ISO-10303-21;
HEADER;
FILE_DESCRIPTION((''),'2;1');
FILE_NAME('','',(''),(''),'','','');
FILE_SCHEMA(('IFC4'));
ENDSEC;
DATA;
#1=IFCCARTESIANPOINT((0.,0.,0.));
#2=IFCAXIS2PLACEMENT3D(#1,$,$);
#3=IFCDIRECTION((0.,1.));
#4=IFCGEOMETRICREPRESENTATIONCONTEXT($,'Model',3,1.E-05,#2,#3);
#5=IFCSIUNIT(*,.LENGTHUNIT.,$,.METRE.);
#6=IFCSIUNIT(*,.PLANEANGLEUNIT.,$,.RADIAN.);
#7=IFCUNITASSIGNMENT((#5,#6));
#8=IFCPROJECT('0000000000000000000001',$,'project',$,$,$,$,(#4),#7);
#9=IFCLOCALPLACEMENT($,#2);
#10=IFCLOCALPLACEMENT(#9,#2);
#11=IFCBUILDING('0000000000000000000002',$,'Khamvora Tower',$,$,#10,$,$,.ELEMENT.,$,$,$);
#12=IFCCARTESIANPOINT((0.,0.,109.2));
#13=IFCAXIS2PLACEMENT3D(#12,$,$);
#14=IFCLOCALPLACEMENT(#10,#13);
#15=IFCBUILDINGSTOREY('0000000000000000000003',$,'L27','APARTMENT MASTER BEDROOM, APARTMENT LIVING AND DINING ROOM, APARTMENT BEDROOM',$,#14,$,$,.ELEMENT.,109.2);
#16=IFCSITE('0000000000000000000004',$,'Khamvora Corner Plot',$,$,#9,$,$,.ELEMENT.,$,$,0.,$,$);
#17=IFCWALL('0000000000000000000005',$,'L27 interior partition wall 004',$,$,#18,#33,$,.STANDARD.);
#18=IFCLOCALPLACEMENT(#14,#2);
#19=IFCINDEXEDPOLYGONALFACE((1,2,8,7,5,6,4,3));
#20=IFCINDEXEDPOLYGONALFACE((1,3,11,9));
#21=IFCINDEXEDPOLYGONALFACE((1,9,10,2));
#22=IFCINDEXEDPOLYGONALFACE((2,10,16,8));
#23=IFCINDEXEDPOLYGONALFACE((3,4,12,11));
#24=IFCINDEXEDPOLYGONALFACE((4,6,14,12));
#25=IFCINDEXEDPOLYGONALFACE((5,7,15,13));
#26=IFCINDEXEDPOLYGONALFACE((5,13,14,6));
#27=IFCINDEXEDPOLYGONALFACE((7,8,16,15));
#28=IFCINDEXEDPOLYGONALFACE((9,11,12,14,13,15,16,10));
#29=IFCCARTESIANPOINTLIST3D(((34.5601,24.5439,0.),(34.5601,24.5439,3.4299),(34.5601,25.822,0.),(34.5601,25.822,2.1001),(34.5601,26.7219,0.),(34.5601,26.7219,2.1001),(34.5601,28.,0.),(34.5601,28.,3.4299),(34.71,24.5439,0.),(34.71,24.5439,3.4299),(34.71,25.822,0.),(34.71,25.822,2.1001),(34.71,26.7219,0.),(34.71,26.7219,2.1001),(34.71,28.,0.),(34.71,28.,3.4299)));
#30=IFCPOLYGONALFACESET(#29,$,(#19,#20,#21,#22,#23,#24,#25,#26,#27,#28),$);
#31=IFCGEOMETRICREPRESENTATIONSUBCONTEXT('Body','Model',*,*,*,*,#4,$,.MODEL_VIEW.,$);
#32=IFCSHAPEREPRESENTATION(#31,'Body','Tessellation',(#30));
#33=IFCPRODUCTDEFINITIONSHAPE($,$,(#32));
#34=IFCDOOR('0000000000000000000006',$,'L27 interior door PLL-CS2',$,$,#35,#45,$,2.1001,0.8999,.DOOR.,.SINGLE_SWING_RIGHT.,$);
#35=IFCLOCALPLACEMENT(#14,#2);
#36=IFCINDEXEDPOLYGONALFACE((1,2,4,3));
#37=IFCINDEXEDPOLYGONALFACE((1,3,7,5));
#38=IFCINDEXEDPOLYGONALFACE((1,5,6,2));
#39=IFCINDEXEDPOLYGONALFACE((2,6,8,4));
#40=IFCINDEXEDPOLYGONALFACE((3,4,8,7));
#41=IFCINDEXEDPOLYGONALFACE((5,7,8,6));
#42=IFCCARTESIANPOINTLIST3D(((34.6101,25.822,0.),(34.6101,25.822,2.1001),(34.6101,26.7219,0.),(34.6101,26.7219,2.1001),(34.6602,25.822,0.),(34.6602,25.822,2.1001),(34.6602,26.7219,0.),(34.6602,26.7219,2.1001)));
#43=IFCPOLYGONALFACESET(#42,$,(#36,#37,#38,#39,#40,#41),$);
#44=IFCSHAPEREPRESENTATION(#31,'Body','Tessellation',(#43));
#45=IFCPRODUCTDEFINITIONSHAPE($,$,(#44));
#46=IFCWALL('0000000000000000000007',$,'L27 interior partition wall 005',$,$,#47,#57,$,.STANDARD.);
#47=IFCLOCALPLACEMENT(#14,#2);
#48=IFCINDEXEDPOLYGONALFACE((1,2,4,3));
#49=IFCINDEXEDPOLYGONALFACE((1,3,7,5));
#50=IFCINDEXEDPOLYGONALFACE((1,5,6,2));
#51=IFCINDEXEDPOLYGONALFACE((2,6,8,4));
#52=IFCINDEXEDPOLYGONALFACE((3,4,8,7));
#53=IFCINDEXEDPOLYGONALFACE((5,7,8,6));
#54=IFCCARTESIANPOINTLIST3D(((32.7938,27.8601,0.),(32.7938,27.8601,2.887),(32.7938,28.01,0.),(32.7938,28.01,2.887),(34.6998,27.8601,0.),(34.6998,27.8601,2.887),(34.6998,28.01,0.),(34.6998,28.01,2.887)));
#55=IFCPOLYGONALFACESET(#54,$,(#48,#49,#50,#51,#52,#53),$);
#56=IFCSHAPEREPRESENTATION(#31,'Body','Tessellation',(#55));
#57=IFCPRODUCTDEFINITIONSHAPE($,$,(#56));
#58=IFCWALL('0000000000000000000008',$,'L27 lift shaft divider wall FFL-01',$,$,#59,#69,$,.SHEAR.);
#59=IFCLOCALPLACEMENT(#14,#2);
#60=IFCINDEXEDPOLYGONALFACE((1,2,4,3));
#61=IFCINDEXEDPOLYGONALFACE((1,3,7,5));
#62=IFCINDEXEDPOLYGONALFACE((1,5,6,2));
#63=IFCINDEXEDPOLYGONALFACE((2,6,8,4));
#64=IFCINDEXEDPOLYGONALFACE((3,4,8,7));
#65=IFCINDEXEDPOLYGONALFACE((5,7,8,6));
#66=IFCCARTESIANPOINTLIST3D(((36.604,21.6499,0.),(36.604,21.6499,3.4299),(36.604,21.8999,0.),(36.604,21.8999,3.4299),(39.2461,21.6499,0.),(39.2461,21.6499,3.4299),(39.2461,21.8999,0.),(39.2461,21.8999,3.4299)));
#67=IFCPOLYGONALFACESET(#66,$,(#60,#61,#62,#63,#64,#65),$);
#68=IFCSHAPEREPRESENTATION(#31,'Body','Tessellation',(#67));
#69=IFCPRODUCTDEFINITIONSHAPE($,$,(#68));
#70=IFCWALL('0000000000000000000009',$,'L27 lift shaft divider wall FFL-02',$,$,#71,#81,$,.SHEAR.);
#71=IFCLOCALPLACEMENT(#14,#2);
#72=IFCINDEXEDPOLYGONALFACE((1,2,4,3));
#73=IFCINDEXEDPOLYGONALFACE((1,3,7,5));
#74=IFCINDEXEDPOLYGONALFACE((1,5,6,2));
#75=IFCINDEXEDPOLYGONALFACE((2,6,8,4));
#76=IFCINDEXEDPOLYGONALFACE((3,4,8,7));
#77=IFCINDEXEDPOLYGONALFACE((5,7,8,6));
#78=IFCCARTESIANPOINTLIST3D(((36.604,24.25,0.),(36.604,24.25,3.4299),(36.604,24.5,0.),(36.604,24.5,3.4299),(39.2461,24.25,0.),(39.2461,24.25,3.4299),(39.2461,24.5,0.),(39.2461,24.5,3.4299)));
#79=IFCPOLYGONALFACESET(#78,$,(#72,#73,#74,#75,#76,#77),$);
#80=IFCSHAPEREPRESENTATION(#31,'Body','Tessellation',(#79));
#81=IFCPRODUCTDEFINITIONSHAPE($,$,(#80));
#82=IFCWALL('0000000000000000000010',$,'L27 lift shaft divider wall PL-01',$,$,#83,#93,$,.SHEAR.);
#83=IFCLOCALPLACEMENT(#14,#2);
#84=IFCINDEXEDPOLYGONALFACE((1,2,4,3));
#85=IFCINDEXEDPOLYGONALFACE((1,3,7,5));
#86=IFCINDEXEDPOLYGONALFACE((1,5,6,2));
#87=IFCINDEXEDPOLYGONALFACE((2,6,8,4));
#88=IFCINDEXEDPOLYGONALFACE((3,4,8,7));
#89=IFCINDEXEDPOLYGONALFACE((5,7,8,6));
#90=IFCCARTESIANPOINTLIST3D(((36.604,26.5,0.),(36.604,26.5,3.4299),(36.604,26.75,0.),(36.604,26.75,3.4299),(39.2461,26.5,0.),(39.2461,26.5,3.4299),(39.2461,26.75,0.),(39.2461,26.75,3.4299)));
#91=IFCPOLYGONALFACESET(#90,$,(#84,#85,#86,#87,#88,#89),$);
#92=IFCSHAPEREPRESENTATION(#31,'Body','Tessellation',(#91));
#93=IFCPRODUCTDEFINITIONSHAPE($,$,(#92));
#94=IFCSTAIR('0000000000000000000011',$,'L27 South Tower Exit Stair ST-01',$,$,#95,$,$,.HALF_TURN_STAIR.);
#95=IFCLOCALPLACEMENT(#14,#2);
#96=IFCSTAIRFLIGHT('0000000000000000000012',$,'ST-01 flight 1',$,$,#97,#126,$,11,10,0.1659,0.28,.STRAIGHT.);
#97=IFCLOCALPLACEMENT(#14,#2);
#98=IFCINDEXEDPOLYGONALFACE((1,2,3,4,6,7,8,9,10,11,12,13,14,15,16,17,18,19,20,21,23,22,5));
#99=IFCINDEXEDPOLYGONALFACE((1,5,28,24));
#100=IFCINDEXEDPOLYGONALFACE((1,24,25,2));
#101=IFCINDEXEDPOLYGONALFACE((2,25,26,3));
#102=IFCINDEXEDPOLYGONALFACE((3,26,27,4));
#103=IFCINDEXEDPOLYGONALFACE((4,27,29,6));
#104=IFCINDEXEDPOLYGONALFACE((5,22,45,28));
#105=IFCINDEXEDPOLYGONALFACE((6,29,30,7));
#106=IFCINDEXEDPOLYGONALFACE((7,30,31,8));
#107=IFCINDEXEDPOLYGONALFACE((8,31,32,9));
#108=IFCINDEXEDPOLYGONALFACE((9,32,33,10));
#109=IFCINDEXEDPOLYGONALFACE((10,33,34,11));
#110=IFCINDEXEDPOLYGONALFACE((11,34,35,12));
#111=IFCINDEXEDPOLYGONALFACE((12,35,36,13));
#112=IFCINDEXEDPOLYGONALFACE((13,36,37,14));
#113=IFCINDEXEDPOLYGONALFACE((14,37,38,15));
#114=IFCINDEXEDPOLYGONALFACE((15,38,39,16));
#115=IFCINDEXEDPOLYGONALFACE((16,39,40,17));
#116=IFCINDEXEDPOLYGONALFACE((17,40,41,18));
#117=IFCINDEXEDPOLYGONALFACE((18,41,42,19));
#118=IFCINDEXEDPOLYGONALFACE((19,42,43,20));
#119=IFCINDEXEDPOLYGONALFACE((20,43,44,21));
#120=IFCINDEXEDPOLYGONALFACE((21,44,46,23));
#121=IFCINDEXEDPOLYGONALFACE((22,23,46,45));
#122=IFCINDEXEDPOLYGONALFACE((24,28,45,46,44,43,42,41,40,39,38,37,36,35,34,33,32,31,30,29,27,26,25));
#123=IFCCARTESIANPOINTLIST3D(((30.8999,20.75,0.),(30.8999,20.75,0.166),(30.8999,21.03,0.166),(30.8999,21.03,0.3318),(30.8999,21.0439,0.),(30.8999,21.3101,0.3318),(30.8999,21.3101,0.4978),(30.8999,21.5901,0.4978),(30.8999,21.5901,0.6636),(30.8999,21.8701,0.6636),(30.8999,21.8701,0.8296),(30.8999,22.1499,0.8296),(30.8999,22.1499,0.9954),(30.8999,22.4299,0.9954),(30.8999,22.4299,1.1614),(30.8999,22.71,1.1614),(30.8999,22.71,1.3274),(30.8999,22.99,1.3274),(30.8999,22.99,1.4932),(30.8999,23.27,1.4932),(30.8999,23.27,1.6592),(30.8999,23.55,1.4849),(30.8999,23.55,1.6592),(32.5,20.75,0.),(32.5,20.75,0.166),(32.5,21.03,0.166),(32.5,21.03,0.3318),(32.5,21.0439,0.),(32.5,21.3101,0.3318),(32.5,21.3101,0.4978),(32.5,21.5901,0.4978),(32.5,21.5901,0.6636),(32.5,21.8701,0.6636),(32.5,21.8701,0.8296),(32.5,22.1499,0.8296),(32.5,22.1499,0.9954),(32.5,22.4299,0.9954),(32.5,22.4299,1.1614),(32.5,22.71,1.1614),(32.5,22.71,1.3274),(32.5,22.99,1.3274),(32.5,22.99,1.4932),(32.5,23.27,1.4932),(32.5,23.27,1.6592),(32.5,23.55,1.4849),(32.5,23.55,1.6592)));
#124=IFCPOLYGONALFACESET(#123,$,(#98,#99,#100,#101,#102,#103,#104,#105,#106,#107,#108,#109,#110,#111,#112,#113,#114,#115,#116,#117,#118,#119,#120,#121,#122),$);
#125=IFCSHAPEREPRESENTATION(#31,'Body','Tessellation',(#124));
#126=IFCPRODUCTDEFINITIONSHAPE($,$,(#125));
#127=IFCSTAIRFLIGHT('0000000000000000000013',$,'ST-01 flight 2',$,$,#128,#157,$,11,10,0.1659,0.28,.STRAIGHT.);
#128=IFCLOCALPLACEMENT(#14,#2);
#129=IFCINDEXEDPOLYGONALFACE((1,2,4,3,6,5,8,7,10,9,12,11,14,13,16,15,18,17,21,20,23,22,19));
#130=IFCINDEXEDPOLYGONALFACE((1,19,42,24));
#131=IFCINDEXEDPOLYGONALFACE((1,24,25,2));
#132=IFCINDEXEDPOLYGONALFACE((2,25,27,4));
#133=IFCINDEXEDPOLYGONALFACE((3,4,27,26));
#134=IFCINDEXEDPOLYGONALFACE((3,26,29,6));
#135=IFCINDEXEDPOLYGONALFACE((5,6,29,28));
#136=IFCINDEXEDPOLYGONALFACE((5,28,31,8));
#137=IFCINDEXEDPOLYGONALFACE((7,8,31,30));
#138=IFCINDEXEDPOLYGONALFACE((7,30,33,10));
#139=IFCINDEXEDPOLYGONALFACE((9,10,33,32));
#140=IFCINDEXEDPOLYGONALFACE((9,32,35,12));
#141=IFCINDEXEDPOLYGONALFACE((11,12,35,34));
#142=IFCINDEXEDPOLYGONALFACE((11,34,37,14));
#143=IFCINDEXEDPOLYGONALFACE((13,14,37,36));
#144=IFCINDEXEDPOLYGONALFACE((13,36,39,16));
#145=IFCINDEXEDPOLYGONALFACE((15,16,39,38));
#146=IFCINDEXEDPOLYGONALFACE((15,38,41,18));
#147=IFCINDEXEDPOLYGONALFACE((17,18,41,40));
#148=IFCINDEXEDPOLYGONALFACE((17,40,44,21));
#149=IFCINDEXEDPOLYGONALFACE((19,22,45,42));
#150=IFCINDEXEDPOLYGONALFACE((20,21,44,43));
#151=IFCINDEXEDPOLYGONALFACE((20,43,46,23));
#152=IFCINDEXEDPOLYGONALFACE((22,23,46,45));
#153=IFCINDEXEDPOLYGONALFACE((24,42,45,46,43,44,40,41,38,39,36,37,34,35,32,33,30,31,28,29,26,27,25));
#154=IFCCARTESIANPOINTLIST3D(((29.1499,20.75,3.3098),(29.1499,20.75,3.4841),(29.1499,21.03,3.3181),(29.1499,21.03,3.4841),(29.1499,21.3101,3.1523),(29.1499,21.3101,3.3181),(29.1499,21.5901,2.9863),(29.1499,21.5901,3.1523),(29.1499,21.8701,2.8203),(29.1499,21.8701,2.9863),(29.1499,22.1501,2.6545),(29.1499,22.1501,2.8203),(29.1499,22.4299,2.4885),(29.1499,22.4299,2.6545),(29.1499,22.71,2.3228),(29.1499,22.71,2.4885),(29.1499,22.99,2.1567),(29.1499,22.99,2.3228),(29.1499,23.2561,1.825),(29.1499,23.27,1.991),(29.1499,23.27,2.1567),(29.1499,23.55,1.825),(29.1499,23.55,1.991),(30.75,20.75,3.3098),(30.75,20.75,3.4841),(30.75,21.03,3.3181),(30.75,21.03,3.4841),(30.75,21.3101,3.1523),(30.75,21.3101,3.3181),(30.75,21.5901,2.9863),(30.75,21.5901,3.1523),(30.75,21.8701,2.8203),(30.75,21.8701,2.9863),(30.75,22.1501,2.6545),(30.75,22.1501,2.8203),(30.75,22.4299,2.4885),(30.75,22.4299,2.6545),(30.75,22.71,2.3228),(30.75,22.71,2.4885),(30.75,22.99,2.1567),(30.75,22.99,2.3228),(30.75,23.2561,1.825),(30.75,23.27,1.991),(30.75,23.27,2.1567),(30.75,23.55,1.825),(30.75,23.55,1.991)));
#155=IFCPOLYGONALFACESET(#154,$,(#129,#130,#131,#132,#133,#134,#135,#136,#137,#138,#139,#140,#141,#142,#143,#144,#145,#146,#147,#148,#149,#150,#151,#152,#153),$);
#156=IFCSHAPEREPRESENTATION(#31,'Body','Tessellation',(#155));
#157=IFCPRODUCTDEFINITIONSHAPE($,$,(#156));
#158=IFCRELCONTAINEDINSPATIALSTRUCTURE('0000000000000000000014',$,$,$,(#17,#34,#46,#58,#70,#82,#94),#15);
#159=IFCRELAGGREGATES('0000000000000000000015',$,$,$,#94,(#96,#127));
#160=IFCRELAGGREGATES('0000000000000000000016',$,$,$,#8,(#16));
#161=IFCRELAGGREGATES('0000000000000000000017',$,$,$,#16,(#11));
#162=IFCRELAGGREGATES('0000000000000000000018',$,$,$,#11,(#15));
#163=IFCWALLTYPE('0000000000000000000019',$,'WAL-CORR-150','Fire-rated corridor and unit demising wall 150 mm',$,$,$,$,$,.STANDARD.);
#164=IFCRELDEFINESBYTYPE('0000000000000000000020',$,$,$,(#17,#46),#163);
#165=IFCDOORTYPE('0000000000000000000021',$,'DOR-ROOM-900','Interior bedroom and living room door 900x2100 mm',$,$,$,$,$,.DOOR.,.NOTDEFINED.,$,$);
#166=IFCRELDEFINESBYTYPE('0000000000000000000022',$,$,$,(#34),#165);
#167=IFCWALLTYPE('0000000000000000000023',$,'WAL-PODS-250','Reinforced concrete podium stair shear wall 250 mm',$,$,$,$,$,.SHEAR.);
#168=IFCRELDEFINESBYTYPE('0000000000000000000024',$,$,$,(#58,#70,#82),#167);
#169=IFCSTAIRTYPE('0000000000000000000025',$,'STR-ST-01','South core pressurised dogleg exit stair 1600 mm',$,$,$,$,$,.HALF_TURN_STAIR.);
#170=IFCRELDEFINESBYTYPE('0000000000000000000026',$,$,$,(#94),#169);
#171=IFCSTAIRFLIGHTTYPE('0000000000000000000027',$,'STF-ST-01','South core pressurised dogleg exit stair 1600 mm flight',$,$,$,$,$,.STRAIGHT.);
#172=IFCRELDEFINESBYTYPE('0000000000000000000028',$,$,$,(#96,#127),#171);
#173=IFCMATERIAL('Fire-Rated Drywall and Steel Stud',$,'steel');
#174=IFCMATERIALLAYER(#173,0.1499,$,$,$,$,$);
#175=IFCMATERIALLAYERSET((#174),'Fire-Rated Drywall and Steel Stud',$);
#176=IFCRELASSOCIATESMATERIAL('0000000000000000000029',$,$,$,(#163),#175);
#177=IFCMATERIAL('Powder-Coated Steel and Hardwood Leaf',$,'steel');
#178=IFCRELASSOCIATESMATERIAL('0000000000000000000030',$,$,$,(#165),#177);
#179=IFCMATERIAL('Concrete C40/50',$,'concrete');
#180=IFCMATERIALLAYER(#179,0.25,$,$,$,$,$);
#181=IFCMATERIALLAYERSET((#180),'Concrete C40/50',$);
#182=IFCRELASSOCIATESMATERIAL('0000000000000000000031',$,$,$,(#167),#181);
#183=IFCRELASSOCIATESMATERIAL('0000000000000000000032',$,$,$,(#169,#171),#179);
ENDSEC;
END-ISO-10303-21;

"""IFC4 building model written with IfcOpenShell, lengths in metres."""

from ifc_helpers import new_model, si_unit, direction, frame, frame_2d, origin, place, context, subcontext, project, spatial, polyline, rectangle, outline, extrude, material, layer, layer_set, type_object, element, fill, aggregate, save


model = new_model("IFC4")

# Units and contexts
model_context = context("Model", 3, precision=1e-05, world=origin(), true_north=direction((0.0, 1.0)))
body_context = subcontext(model_context, "Body", "Model", "MODEL_VIEW")
ifc_project = project(units=[si_unit("LENGTHUNIT", "METRE"), si_unit("PLANEANGLEUNIT", "RADIAN")], contexts=[model_context])

# Site, building, storey
site_placement = place(None, origin())
site = spatial("IfcSite", under=ifc_project, at=site_placement, Name="Khamvora Corner Plot", CompositionType="ELEMENT", RefElevation=0.0)
building_placement = place(site_placement, origin())
building = spatial("IfcBuilding", under=site, at=building_placement, Name="Khamvora Tower", CompositionType="ELEMENT")
storey_placement = place(building_placement, frame((0.0, 0.0, 109.2)))
storey = spatial("IfcBuildingStorey", under=building, at=storey_placement, Name="L27", Description="APARTMENT MASTER BEDROOM, APARTMENT LIVING AND DINING ROOM, APARTMENT BEDROOM", CompositionType="ELEMENT", Elevation=109.2)

# Shared definitions
ifc_material_1 = material(Name="Powder-Coated Steel and Hardwood Leaf", Category="steel")

# Wall, opening, door
ifc_material_2 = material(Name="Fire-Rated Drywall and Steel Stud", Category="steel")
ifc_layer_1 = layer(ifc_material_2, 0.1499)
ifc_layer_set_1 = layer_set([ifc_layer_1], Name="Fire-Rated Drywall and Steel Stud")
wall_type_1 = type_object("IfcWallType", Name="WAL-CORR-150", Description="Fire-rated corridor and unit demising wall 150 mm", PredefinedType="STANDARD", material=ifc_layer_set_1)
wall_1_placement = place(storey_placement, frame((34.635, 24.5439, 0.0), z_axis=(0.0, 0.0, 1.0), x_axis=(0.0, 1.0, 0.0)))
wall_1 = element("IfcWall", 1, at=wall_1_placement, inside=storey, type_object=wall_type_1, Name="L27 interior partition wall 004", PredefinedType="STANDARD", context=body_context, shape_type="SweptSolid", body=[
    extrude(rectangle(XDim=3.4561, YDim=0.1499, at=frame_2d((1.728, 0.0))), origin(), (0.0, 0.0, 1.0), 3.4299),
])
opening_1_placement = place(wall_1_placement, frame((1.2781, 0.0, 0.0)))
opening_1 = element("IfcOpeningElement", 2, at=opening_1_placement, cuts=wall_1, PredefinedType="OPENING", context=body_context, shape_type="SweptSolid", body=[
    extrude(rectangle(XDim=0.8999, YDim=2.1001, at=frame_2d((0.45, 1.05))), frame((0.0, 0.085, 0.0), z_axis=(0.0, -1.0, 0.0), x_axis=(1.0, 0.0, 0.0)), (0.0, 0.0, 1.0), 0.1699),
])
door_type_1 = type_object("IfcDoorType", Name="DOR-ROOM-900", Description="Interior bedroom and living room door 900x2100 mm", OperationType="NOTDEFINED", PredefinedType="DOOR", material=ifc_material_1)
door_1_placement = place(opening_1_placement, origin())
door_1 = element("IfcDoor", 3, at=door_1_placement, inside=storey, type_object=door_type_1, Name="L27 interior door PLL-CS2", OperationType="SINGLE_SWING_RIGHT", OverallHeight=2.1001, OverallWidth=0.8999, PredefinedType="DOOR", context=body_context, shape_type="SweptSolid", body=[
    extrude(rectangle(XDim=0.8999, YDim=2.1001, at=frame_2d((0.45, 1.05))), frame((0.0, 0.0249, 0.0), z_axis=(0.0, -1.0, 0.0), x_axis=(1.0, 0.0, 0.0)), (0.0, 0.0, 1.0), 0.05),
])
fill(opening_1, door_1)

# Walls
wall_2_placement = place(storey_placement, frame((34.7, 27.9351, 0.0), z_axis=(0.0, 0.0, 1.0), x_axis=(-1.0, 0.0, 0.0)))
element("IfcWall", 4, at=wall_2_placement, inside=storey, type_object=wall_type_1, Name="L27 interior partition wall 005", PredefinedType="STANDARD", context=body_context, shape_type="SweptSolid", body=[
    extrude(rectangle(XDim=1.906, YDim=0.1499, at=frame_2d((0.9531, 0.0))), origin(), (0.0, 0.0, 1.0), 2.887),
])
ifc_material_3 = material(Name="Concrete C40/50", Category="concrete")
ifc_layer_2 = layer(ifc_material_3, 0.25)
ifc_layer_set_2 = layer_set([ifc_layer_2], Name="Concrete C40/50")
wall_type_2 = type_object("IfcWallType", Name="WAL-PODS-250", Description="Reinforced concrete podium stair shear wall 250 mm", PredefinedType="SHEAR", material=ifc_layer_set_2)
for number, where, z_axis, x_axis, name in (
    (5, (36.604, 21.7749, 0.0), (0.0, 0.0, 1.0), (1.0, 0.0, 0.0), "L27 lift shaft divider wall FFL-01"),
    (6, (36.604, 24.375, 0.0), (0.0, 0.0, 1.0), (1.0, 0.0, 0.0), "L27 lift shaft divider wall FFL-02"),
    (7, (36.604, 26.625, 0.0), (0.0, 0.0, 1.0), (1.0, 0.0, 0.0), "L27 lift shaft divider wall PL-01"),
):
    element("IfcWall", number, at=place(storey_placement, frame(where, z_axis=z_axis, x_axis=x_axis)), inside=storey, type_object=wall_type_2, Name=name, PredefinedType="SHEAR", context=body_context, shape_type="SweptSolid", body=[
        extrude(rectangle(XDim=2.6421, YDim=0.25, at=frame_2d((1.321, 0.0))), origin(), (0.0, 0.0, 1.0), 3.4299),
    ])

# Stair, stair flights
stair_type = type_object("IfcStairType", Name="STR-ST-01", Description="South core pressurised dogleg exit stair 1600 mm", PredefinedType="HALF_TURN_STAIR", material=ifc_material_3)
stair_placement = place(storey_placement, origin())
stair = element("IfcStair", 8, at=stair_placement, inside=storey, type_object=stair_type, Name="L27 South Tower Exit Stair ST-01", PredefinedType="HALF_TURN_STAIR")
stair_flight_type = type_object("IfcStairFlightType", Name="STF-ST-01", Description="South core pressurised dogleg exit stair 1600 mm flight", PredefinedType="STRAIGHT", material=ifc_material_3)
stair_flight_1_placement = place(storey_placement, frame((31.7, 20.75, 0.0), z_axis=(0.0, 0.0, 1.0), x_axis=(0.0, 1.0, 0.0)))
stair_flight_1 = element("IfcStairFlight", 9, at=stair_flight_1_placement, type_object=stair_flight_type, Name="ST-01 flight 1", NumberOfRisers=11, NumberOfTreads=10, PredefinedType="STRAIGHT", RiserHeight=0.1659, TreadLength=0.28, context=body_context, shape_type="SweptSolid", body=[
    extrude(outline(polyline([(0.0, 0.0), (0.0, 0.166), (0.28, 0.166), (0.28, 0.3318), (0.5601, 0.3318), (0.5601, 0.4978), (0.8401, 0.4978), (0.8401, 0.6636), (1.1201, 0.6636), (1.1201, 0.8296), (1.3999, 0.8296), (1.3999, 0.9954), (1.6799, 0.9954), (1.6799, 1.1614), (1.96, 1.1614), (1.96, 1.3274), (2.24, 1.3274), (2.24, 1.4932), (2.52, 1.4932), (2.52, 1.6592), (2.8, 1.6592), (2.8, 1.825), (2.8, 1.4849), (0.2939, 0.0), (0.0, 0.0)])), frame((0.0, 0.8, 0.0), z_axis=(0.0, -1.0, 0.0), x_axis=(1.0, 0.0, 0.0)), (0.0, 0.0, 1.0), 1.6001),
])
stair_flight_2_placement = place(storey_placement, frame((29.95, 23.55, 1.825), z_axis=(0.0, 0.0, 1.0), x_axis=(0.0, -1.0, 0.0)))
stair_flight_2 = element("IfcStairFlight", 10, at=stair_flight_2_placement, type_object=stair_flight_type, Name="ST-01 flight 2", NumberOfRisers=11, NumberOfTreads=10, PredefinedType="STRAIGHT", RiserHeight=0.1659, TreadLength=0.28, context=body_context, shape_type="SweptSolid", body=[
    extrude(outline(polyline([(0.0, 0.0), (0.0, 0.166), (0.28, 0.166), (0.28, 0.3318), (0.5601, 0.3318), (0.5601, 0.4978), (0.8401, 0.4978), (0.8401, 0.6636), (1.1201, 0.6636), (1.1201, 0.8296), (1.3999, 0.8296), (1.3999, 0.9954), (1.6799, 0.9954), (1.6799, 1.1614), (1.96, 1.1614), (1.96, 1.3274), (2.24, 1.3274), (2.24, 1.4932), (2.52, 1.4932), (2.52, 1.6592), (2.8, 1.6592), (2.8, 1.825), (2.8, 1.4849), (0.2939, 0.0), (0.0, 0.0)])), frame((0.0, 0.8, 0.0), z_axis=(0.0, -1.0, 0.0), x_axis=(1.0, 0.0, 0.0)), (0.0, 0.0, 1.0), 1.6001),
])
aggregate(stair, [stair_flight_1, stair_flight_2])

save(model, "model.ifc")
